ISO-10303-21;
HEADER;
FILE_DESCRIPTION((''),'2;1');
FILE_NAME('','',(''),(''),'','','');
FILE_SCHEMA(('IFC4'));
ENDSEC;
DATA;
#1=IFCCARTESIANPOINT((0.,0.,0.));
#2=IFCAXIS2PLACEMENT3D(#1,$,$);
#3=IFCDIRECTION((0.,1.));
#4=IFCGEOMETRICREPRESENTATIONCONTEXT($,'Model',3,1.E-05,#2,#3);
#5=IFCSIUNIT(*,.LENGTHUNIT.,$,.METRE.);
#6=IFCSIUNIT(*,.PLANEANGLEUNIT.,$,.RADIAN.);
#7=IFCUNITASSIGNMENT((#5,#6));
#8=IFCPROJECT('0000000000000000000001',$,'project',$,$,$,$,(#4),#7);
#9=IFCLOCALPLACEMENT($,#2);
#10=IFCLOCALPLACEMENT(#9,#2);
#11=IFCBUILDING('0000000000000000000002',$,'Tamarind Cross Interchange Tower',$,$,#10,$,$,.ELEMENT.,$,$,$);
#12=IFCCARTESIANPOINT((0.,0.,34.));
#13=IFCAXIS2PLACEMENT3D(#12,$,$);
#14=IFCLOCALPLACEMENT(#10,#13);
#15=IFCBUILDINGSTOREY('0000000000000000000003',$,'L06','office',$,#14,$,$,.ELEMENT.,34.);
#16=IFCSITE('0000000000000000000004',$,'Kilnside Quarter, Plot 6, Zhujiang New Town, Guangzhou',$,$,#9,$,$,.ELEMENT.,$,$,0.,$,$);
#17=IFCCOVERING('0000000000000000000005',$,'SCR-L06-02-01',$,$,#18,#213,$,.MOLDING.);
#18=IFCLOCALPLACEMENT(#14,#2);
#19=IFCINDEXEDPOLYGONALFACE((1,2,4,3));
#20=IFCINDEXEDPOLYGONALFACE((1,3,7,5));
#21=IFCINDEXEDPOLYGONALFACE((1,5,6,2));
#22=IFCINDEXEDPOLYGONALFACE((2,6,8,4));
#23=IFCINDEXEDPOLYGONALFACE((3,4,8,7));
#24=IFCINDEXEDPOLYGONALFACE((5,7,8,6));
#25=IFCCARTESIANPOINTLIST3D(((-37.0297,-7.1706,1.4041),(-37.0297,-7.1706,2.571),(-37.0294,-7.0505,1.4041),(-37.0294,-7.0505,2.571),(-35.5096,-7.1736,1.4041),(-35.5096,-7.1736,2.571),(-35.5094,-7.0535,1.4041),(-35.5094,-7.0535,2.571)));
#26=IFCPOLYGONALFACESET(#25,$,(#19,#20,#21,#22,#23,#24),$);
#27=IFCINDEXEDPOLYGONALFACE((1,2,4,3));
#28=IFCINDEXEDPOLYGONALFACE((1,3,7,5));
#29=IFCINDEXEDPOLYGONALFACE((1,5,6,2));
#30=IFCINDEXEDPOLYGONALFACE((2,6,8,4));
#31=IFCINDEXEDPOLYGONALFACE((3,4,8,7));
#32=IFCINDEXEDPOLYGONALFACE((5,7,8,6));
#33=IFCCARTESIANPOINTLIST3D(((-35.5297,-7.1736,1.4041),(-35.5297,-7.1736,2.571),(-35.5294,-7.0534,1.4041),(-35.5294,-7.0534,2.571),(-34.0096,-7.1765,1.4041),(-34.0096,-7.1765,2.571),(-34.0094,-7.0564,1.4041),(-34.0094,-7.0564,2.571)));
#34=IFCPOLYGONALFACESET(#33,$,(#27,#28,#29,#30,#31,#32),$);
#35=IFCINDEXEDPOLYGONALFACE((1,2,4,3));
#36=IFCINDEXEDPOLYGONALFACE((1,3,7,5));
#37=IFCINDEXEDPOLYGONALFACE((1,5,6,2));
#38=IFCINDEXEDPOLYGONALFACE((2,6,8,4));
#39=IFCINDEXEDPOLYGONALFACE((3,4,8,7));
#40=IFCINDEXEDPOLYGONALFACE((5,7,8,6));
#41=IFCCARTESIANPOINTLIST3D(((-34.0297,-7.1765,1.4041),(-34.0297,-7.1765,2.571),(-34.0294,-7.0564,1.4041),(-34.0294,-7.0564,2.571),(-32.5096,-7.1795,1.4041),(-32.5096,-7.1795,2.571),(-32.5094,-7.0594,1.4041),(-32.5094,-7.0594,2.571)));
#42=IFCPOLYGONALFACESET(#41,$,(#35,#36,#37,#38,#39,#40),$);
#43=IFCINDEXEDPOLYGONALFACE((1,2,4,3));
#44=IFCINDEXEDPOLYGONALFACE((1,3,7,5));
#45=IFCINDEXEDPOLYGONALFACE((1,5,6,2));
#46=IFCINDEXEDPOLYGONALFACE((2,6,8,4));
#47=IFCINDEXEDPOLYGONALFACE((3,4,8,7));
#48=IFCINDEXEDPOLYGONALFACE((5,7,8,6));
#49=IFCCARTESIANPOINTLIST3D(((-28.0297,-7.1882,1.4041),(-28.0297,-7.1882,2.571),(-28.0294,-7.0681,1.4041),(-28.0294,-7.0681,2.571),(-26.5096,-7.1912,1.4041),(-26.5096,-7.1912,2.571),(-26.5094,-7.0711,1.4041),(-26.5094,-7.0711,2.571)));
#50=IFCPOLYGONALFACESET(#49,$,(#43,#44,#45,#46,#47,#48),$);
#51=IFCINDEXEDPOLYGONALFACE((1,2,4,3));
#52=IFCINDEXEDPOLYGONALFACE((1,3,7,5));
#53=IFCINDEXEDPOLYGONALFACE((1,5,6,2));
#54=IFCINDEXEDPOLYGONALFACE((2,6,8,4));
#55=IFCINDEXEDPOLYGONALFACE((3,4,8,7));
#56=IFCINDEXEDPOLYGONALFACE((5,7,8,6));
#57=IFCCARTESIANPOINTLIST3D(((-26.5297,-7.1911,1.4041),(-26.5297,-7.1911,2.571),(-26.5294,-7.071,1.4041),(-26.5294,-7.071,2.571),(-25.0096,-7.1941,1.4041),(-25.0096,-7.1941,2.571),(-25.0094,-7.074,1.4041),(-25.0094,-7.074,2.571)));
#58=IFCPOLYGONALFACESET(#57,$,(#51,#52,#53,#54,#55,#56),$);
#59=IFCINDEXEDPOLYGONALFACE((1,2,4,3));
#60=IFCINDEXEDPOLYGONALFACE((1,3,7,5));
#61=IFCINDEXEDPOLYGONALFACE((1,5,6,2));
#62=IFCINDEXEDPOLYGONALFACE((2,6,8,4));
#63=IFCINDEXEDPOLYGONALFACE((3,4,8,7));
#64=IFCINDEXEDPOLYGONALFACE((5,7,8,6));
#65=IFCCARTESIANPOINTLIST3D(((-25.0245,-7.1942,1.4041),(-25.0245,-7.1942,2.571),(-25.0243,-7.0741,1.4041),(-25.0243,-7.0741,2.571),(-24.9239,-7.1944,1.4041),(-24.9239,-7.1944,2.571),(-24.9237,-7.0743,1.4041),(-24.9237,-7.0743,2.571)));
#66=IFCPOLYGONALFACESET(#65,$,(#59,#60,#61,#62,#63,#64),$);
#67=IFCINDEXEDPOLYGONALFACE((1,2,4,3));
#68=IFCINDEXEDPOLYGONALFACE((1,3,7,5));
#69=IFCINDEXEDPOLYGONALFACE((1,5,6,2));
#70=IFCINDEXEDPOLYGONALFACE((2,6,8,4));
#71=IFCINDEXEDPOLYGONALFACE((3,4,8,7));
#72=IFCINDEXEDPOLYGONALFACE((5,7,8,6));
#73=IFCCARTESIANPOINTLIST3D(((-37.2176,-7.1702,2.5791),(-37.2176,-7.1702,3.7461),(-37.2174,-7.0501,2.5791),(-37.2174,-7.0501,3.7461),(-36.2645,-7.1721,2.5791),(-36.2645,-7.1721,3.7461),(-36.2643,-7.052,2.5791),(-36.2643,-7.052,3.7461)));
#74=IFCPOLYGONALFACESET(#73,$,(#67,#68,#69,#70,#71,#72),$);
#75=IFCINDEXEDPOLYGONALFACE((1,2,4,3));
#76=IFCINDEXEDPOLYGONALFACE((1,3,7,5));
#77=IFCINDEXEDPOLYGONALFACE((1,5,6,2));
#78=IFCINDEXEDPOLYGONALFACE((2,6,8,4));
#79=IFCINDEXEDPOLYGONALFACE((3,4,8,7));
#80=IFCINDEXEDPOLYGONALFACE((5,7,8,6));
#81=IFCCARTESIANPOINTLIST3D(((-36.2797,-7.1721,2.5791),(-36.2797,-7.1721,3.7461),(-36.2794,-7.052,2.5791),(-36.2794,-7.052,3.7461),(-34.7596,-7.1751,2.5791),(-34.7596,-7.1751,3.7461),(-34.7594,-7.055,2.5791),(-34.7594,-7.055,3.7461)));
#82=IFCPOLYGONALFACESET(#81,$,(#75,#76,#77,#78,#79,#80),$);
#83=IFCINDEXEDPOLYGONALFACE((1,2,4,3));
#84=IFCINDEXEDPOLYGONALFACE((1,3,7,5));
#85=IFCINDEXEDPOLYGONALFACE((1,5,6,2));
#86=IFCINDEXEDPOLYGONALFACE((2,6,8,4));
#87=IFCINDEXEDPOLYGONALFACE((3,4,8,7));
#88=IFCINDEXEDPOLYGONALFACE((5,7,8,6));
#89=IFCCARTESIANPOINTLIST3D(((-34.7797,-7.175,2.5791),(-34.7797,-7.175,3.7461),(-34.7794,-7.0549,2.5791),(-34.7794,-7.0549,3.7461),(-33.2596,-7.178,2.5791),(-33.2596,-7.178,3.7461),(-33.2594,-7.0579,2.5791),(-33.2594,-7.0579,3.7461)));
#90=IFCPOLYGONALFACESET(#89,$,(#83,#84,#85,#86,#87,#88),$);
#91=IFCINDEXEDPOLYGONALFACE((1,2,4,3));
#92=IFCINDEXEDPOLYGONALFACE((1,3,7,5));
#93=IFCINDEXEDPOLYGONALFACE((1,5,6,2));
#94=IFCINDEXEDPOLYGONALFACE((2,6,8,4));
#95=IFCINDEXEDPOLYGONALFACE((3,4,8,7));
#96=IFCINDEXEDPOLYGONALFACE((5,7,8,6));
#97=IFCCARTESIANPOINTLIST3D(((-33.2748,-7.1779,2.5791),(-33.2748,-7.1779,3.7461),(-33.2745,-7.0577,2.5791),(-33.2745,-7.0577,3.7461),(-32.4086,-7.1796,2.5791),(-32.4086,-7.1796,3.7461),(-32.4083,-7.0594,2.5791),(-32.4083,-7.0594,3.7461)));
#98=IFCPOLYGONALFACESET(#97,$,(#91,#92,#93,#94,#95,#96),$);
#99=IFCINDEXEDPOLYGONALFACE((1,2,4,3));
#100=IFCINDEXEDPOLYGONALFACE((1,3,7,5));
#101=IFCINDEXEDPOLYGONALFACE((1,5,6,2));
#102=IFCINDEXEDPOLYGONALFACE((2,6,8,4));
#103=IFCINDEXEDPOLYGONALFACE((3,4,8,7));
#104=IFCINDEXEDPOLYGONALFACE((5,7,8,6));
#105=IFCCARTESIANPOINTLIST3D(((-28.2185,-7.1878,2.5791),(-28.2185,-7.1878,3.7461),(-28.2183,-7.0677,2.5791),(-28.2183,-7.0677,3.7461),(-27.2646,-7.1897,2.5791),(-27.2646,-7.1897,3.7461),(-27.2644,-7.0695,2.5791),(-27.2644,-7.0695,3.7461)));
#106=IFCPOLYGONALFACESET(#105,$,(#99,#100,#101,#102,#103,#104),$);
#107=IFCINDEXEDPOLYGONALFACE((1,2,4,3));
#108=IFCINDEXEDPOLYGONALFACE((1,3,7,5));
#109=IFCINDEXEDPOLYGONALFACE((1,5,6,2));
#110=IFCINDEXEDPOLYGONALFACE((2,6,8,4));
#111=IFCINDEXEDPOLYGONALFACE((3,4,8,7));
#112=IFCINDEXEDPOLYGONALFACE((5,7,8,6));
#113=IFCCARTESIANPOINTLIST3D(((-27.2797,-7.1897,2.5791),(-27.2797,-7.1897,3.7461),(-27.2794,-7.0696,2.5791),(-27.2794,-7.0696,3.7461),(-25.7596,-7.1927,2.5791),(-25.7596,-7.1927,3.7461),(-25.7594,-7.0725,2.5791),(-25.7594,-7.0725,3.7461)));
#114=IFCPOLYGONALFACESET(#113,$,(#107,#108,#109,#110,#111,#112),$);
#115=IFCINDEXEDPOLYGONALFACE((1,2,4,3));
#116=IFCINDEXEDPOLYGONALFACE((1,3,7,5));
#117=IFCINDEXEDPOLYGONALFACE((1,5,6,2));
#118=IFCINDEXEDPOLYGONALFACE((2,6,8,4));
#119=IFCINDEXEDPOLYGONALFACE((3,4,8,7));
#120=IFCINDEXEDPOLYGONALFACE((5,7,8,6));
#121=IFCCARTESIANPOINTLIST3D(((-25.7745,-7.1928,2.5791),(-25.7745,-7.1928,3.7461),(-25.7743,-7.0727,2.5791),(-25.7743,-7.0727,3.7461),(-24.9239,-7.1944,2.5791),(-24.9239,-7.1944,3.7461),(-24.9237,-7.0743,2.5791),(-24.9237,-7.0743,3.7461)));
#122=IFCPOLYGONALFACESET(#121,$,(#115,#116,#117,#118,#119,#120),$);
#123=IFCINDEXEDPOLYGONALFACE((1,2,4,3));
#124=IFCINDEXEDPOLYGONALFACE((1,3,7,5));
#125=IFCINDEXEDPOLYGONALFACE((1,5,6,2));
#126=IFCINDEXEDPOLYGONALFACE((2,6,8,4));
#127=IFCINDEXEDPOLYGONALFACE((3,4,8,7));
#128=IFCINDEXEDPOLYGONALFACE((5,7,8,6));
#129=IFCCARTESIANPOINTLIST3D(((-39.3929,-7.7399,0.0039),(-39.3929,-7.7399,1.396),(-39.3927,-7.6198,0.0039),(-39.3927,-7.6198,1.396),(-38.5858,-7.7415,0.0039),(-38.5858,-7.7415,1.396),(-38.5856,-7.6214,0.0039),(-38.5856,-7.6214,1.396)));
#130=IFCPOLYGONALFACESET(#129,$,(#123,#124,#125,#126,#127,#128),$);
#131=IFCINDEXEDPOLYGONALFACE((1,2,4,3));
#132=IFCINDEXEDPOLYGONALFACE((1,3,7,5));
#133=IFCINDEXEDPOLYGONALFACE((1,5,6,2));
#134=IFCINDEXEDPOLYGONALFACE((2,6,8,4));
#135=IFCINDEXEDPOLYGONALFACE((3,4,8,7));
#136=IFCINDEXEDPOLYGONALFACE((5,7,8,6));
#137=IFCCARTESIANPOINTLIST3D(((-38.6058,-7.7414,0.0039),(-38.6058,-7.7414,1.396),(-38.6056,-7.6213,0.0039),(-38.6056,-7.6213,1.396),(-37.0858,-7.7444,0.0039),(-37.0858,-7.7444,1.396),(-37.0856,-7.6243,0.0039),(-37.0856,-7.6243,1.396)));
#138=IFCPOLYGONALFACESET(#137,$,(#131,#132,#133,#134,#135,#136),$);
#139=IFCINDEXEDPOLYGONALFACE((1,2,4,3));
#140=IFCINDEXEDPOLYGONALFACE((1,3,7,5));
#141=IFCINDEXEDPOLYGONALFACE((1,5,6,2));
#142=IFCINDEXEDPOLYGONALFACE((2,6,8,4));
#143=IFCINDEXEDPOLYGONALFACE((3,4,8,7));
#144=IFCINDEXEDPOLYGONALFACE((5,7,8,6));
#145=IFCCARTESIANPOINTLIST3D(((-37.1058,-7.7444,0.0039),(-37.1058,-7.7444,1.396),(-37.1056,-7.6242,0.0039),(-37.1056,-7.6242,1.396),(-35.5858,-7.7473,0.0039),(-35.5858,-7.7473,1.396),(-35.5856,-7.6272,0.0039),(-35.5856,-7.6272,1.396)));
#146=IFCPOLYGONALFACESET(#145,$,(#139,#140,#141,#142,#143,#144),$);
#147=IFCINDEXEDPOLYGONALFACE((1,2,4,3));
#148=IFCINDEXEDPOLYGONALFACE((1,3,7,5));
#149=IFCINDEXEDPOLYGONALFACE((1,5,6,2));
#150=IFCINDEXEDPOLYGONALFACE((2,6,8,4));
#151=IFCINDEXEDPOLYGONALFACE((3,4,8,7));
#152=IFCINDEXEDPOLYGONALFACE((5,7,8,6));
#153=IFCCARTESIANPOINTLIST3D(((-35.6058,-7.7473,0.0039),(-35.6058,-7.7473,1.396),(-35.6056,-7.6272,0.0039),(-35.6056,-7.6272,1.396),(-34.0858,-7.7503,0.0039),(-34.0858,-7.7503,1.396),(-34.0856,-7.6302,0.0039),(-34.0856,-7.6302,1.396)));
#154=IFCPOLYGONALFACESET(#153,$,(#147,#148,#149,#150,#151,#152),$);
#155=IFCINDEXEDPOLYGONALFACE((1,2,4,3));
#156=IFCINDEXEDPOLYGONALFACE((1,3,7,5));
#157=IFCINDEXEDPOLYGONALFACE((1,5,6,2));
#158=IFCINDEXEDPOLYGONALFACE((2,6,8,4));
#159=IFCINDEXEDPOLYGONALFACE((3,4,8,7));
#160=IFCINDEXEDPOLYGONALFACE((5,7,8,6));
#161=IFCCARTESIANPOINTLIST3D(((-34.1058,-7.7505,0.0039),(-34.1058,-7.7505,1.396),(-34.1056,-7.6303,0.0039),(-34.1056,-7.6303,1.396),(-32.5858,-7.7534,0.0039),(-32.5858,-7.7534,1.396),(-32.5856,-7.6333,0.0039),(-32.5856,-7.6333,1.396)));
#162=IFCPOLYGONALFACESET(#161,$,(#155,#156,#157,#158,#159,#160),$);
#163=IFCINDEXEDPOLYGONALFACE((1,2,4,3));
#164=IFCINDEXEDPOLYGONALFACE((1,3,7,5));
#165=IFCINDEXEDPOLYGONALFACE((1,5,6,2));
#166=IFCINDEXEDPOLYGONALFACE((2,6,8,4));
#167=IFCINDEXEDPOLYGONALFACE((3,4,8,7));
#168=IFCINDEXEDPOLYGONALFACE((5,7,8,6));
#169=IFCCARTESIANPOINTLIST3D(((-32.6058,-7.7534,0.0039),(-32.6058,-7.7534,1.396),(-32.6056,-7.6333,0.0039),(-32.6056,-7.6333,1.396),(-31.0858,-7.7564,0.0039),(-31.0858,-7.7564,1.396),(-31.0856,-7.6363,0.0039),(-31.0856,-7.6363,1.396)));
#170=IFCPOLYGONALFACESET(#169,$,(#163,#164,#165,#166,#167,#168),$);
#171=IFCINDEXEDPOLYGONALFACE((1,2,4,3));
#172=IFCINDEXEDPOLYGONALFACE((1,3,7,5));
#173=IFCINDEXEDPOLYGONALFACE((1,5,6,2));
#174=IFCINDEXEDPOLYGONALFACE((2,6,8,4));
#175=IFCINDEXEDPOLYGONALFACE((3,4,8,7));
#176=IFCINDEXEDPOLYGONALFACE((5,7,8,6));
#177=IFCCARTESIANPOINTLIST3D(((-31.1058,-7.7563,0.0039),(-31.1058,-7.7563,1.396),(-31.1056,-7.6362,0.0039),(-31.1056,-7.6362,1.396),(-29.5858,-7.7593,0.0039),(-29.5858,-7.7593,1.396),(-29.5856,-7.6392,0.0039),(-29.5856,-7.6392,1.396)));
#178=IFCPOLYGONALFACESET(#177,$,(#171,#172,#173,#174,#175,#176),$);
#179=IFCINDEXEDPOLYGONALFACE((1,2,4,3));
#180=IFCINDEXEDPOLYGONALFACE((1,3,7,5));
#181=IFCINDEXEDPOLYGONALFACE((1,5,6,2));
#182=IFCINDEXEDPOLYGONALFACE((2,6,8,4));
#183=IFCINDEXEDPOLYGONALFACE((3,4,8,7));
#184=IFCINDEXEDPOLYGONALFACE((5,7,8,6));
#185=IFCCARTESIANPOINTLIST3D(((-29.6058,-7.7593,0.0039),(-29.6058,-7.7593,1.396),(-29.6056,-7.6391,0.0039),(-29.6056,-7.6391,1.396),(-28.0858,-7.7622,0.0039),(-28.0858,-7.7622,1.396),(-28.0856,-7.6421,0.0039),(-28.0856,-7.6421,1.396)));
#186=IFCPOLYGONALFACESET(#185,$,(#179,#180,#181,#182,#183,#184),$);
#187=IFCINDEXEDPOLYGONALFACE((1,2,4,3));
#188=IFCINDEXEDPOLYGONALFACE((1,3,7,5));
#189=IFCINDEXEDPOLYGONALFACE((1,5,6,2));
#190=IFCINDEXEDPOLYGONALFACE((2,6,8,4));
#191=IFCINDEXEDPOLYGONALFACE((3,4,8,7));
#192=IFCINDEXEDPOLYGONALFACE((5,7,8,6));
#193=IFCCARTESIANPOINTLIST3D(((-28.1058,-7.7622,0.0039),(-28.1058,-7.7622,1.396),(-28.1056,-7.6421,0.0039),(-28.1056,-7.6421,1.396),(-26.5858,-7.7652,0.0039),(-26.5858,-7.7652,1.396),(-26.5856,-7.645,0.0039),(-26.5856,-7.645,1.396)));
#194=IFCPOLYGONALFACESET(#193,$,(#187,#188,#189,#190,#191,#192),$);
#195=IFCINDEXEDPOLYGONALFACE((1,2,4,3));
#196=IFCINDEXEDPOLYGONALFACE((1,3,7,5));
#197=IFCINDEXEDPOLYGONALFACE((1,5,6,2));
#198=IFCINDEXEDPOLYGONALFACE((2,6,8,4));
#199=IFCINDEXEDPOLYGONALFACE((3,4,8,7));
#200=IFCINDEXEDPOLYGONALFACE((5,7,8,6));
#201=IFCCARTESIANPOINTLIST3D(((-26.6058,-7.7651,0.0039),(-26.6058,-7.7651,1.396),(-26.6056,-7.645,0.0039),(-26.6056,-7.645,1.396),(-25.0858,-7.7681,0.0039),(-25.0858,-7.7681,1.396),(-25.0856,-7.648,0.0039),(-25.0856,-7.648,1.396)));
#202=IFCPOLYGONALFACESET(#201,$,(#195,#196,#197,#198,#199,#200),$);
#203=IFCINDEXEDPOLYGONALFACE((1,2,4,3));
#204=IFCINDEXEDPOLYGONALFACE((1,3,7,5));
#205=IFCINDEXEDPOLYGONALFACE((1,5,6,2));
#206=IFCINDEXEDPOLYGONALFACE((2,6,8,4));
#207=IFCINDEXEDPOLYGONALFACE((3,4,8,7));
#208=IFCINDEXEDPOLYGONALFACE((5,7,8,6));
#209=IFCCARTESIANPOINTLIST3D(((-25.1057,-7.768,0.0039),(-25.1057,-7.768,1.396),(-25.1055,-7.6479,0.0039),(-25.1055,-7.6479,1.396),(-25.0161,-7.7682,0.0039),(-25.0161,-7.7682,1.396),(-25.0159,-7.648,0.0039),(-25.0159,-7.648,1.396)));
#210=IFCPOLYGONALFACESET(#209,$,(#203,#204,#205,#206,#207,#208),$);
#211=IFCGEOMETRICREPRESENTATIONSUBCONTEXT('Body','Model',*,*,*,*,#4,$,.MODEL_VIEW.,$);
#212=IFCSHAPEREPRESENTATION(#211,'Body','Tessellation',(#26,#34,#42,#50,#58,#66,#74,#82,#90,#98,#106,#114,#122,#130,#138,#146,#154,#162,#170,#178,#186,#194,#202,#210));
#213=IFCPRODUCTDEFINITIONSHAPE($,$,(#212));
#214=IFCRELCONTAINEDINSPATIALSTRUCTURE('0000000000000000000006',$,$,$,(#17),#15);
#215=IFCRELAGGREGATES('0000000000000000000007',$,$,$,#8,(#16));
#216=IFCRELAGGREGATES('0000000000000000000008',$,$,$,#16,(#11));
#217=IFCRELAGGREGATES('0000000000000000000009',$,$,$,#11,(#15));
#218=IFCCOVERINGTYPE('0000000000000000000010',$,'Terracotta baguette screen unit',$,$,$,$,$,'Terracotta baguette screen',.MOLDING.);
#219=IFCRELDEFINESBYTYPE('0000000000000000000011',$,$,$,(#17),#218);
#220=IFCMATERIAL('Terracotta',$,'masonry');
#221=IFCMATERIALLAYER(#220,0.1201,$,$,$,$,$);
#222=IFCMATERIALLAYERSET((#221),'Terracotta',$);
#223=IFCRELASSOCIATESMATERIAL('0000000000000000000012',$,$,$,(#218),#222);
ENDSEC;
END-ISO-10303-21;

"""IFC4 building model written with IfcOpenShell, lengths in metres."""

from ifc_helpers import new_model, si_unit, direction, frame, origin, origin_2d, place, context, subcontext, project, spatial, rectangle, extrude, material, layer, layer_set, type_object, element, save


model = new_model("IFC4")

# Units and contexts
model_context = context("Model", 3, precision=1e-05, world=origin(), true_north=direction((0.0, 1.0)))
body_context = subcontext(model_context, "Body", "Model", "MODEL_VIEW")
ifc_project = project(units=[si_unit("LENGTHUNIT", "METRE"), si_unit("PLANEANGLEUNIT", "RADIAN")], contexts=[model_context])

# Site, building, storey
site_placement = place(None, origin())
site = spatial("IfcSite", under=ifc_project, at=site_placement, Name="Kilnside Quarter, Plot 6, Zhujiang New Town, Guangzhou", CompositionType="ELEMENT", RefElevation=0.0)
building_placement = place(site_placement, origin())
building = spatial("IfcBuilding", under=site, at=building_placement, Name="Tamarind Cross Interchange Tower", CompositionType="ELEMENT")
storey_placement = place(building_placement, frame((0.0, 0.0, 34.0)))
storey = spatial("IfcBuildingStorey", under=building, at=storey_placement, Name="L06", Description="office", CompositionType="ELEMENT", Elevation=34.0)

# Covering
ifc_material_1 = material(Name="Terracotta", Category="masonry")
ifc_layer_1 = layer(ifc_material_1, 0.1201)
ifc_layer_set_1 = layer_set([ifc_layer_1], Name="Terracotta")
covering_type = type_object("IfcCoveringType", Name="Terracotta baguette screen unit", ElementType="Terracotta baguette screen", PredefinedType="MOLDING", material=ifc_layer_set_1)
covering_1_placement = place(storey_placement, origin())
element("IfcCovering", 1, at=covering_1_placement, inside=storey, type_object=covering_type, Name="SCR-L06-02-01", PredefinedType="MOLDING", context=body_context, shape_type="SweptSolid", body=[
    extrude(rectangle(XDim=1.52, YDim=0.1201, at=origin_2d()), frame((-36.2695, -7.1121, 1.4041), z_axis=(0.0, 0.0, 1.0), x_axis=(0.999998, -0.001962, 0.0)), (0.0, 0.0, 1.0), 1.167),
    extrude(rectangle(XDim=1.52, YDim=0.1201, at=origin_2d()), frame((-34.7695, -7.115, 1.4041), z_axis=(0.0, 0.0, 1.0), x_axis=(0.999998, -0.001962, 0.0)), (0.0, 0.0, 1.0), 1.167),
    extrude(rectangle(XDim=1.52, YDim=0.1201, at=origin_2d()), frame((-33.2695, -7.1179, 1.4041), z_axis=(0.0, 0.0, 1.0), x_axis=(0.999998, -0.001962, 0.0)), (0.0, 0.0, 1.0), 1.167),
    extrude(rectangle(XDim=1.52, YDim=0.1201, at=origin_2d()), frame((-27.2695, -7.1296, 1.4041), z_axis=(0.0, 0.0, 1.0), x_axis=(0.999998, -0.001962, 0.0)), (0.0, 0.0, 1.0), 1.167),
    extrude(rectangle(XDim=1.52, YDim=0.1201, at=origin_2d()), frame((-25.7695, -7.1326, 1.4041), z_axis=(0.0, 0.0, 1.0), x_axis=(0.999998, -0.001962, 0.0)), (0.0, 0.0, 1.0), 1.167),
    extrude(rectangle(XDim=0.1006, YDim=0.1201, at=origin_2d()), frame((-24.9741, -7.1343, 1.4041), z_axis=(0.0, 0.0, 1.0), x_axis=(0.999998, -0.001962, 0.0)), (0.0, 0.0, 1.0), 1.167),
    extrude(rectangle(XDim=0.9531, YDim=0.1201, at=origin_2d()), frame((-36.741, -7.1111, 2.5791), z_axis=(0.0, 0.0, 1.0), x_axis=(0.999998, -0.001962, 0.0)), (0.0, 0.0, 1.0), 1.167),
    extrude(rectangle(XDim=1.52, YDim=0.1201, at=origin_2d()), frame((-35.5195, -7.1135, 2.5791), z_axis=(0.0, 0.0, 1.0), x_axis=(0.999998, -0.001962, 0.0)), (0.0, 0.0, 1.0), 1.167),
    extrude(rectangle(XDim=1.52, YDim=0.1201, at=origin_2d()), frame((-34.0195, -7.1165, 2.5791), z_axis=(0.0, 0.0, 1.0), x_axis=(0.999998, -0.001962, 0.0)), (0.0, 0.0, 1.0), 1.167),
    extrude(rectangle(XDim=0.8662, YDim=0.1201, at=origin_2d()), frame((-32.8416, -7.1187, 2.5791), z_axis=(0.0, 0.0, 1.0), x_axis=(0.999998, -0.001962, 0.0)), (0.0, 0.0, 1.0), 1.167),
    extrude(rectangle(XDim=0.9539, YDim=0.1201, at=origin_2d()), frame((-27.7415, -7.1287, 2.5791), z_axis=(0.0, 0.0, 1.0), x_axis=(0.999998, -0.001962, 0.0)), (0.0, 0.0, 1.0), 1.167),
    extrude(rectangle(XDim=1.52, YDim=0.1201, at=origin_2d()), frame((-26.5195, -7.1311, 2.5791), z_axis=(0.0, 0.0, 1.0), x_axis=(0.999998, -0.001962, 0.0)), (0.0, 0.0, 1.0), 1.167),
    extrude(rectangle(XDim=0.8506, YDim=0.1201, at=origin_2d()), frame((-25.3491, -7.1335, 2.5791), z_axis=(0.0, 0.0, 1.0), x_axis=(0.999998, -0.001962, 0.0)), (0.0, 0.0, 1.0), 1.167),
    extrude(rectangle(XDim=0.8071, YDim=0.1201, at=origin_2d()), frame((-38.9893, -7.6807, 0.0039), z_axis=(0.0, 0.0, 1.0), x_axis=(0.999998, -0.001962, 0.0)), (0.0, 0.0, 1.0), 1.3921),
    extrude(rectangle(XDim=1.52, YDim=0.1201, at=origin_2d()), frame((-37.8457, -7.6829, 0.0039), z_axis=(0.0, 0.0, 1.0), x_axis=(0.999998, -0.001962, 0.0)), (0.0, 0.0, 1.0), 1.3921),
    extrude(rectangle(XDim=1.52, YDim=0.1201, at=origin_2d()), frame((-36.3457, -7.6858, 0.0039), z_axis=(0.0, 0.0, 1.0), x_axis=(0.999998, -0.001962, 0.0)), (0.0, 0.0, 1.0), 1.3921),
    extrude(rectangle(XDim=1.52, YDim=0.1201, at=origin_2d()), frame((-34.8457, -7.6887, 0.0039), z_axis=(0.0, 0.0, 1.0), x_axis=(0.999998, -0.001962, 0.0)), (0.0, 0.0, 1.0), 1.3921),
    extrude(rectangle(XDim=1.52, YDim=0.1201, at=origin_2d()), frame((-33.3457, -7.6919, 0.0039), z_axis=(0.0, 0.0, 1.0), x_axis=(0.999998, -0.001962, 0.0)), (0.0, 0.0, 1.0), 1.3921),
    extrude(rectangle(XDim=1.52, YDim=0.1201, at=origin_2d()), frame((-31.8457, -7.6948, 0.0039), z_axis=(0.0, 0.0, 1.0), x_axis=(0.999998, -0.001962, 0.0)), (0.0, 0.0, 1.0), 1.3921),
    extrude(rectangle(XDim=1.52, YDim=0.1201, at=origin_2d()), frame((-30.3457, -7.6978, 0.0039), z_axis=(0.0, 0.0, 1.0), x_axis=(0.999998, -0.001962, 0.0)), (0.0, 0.0, 1.0), 1.3921),
    extrude(rectangle(XDim=1.52, YDim=0.1201, at=origin_2d()), frame((-28.8457, -7.7007, 0.0039), z_axis=(0.0, 0.0, 1.0), x_axis=(0.999998, -0.001962, 0.0)), (0.0, 0.0, 1.0), 1.3921),
    extrude(rectangle(XDim=1.52, YDim=0.1201, at=origin_2d()), frame((-27.3457, -7.7036, 0.0039), z_axis=(0.0, 0.0, 1.0), x_axis=(0.999998, -0.001962, 0.0)), (0.0, 0.0, 1.0), 1.3921),
    extrude(rectangle(XDim=1.52, YDim=0.1201, at=origin_2d()), frame((-25.8457, -7.7065, 0.0039), z_axis=(0.0, 0.0, 1.0), x_axis=(0.999998, -0.001962, 0.0)), (0.0, 0.0, 1.0), 1.3921),
    extrude(rectangle(XDim=0.0896, YDim=0.1201, at=origin_2d()), frame((-25.0608, -7.708, 0.0039), z_axis=(0.0, 0.0, 1.0), x_axis=(0.999998, -0.001962, 0.0)), (0.0, 0.0, 1.0), 1.3921),
])

save(model, "model.ifc")
